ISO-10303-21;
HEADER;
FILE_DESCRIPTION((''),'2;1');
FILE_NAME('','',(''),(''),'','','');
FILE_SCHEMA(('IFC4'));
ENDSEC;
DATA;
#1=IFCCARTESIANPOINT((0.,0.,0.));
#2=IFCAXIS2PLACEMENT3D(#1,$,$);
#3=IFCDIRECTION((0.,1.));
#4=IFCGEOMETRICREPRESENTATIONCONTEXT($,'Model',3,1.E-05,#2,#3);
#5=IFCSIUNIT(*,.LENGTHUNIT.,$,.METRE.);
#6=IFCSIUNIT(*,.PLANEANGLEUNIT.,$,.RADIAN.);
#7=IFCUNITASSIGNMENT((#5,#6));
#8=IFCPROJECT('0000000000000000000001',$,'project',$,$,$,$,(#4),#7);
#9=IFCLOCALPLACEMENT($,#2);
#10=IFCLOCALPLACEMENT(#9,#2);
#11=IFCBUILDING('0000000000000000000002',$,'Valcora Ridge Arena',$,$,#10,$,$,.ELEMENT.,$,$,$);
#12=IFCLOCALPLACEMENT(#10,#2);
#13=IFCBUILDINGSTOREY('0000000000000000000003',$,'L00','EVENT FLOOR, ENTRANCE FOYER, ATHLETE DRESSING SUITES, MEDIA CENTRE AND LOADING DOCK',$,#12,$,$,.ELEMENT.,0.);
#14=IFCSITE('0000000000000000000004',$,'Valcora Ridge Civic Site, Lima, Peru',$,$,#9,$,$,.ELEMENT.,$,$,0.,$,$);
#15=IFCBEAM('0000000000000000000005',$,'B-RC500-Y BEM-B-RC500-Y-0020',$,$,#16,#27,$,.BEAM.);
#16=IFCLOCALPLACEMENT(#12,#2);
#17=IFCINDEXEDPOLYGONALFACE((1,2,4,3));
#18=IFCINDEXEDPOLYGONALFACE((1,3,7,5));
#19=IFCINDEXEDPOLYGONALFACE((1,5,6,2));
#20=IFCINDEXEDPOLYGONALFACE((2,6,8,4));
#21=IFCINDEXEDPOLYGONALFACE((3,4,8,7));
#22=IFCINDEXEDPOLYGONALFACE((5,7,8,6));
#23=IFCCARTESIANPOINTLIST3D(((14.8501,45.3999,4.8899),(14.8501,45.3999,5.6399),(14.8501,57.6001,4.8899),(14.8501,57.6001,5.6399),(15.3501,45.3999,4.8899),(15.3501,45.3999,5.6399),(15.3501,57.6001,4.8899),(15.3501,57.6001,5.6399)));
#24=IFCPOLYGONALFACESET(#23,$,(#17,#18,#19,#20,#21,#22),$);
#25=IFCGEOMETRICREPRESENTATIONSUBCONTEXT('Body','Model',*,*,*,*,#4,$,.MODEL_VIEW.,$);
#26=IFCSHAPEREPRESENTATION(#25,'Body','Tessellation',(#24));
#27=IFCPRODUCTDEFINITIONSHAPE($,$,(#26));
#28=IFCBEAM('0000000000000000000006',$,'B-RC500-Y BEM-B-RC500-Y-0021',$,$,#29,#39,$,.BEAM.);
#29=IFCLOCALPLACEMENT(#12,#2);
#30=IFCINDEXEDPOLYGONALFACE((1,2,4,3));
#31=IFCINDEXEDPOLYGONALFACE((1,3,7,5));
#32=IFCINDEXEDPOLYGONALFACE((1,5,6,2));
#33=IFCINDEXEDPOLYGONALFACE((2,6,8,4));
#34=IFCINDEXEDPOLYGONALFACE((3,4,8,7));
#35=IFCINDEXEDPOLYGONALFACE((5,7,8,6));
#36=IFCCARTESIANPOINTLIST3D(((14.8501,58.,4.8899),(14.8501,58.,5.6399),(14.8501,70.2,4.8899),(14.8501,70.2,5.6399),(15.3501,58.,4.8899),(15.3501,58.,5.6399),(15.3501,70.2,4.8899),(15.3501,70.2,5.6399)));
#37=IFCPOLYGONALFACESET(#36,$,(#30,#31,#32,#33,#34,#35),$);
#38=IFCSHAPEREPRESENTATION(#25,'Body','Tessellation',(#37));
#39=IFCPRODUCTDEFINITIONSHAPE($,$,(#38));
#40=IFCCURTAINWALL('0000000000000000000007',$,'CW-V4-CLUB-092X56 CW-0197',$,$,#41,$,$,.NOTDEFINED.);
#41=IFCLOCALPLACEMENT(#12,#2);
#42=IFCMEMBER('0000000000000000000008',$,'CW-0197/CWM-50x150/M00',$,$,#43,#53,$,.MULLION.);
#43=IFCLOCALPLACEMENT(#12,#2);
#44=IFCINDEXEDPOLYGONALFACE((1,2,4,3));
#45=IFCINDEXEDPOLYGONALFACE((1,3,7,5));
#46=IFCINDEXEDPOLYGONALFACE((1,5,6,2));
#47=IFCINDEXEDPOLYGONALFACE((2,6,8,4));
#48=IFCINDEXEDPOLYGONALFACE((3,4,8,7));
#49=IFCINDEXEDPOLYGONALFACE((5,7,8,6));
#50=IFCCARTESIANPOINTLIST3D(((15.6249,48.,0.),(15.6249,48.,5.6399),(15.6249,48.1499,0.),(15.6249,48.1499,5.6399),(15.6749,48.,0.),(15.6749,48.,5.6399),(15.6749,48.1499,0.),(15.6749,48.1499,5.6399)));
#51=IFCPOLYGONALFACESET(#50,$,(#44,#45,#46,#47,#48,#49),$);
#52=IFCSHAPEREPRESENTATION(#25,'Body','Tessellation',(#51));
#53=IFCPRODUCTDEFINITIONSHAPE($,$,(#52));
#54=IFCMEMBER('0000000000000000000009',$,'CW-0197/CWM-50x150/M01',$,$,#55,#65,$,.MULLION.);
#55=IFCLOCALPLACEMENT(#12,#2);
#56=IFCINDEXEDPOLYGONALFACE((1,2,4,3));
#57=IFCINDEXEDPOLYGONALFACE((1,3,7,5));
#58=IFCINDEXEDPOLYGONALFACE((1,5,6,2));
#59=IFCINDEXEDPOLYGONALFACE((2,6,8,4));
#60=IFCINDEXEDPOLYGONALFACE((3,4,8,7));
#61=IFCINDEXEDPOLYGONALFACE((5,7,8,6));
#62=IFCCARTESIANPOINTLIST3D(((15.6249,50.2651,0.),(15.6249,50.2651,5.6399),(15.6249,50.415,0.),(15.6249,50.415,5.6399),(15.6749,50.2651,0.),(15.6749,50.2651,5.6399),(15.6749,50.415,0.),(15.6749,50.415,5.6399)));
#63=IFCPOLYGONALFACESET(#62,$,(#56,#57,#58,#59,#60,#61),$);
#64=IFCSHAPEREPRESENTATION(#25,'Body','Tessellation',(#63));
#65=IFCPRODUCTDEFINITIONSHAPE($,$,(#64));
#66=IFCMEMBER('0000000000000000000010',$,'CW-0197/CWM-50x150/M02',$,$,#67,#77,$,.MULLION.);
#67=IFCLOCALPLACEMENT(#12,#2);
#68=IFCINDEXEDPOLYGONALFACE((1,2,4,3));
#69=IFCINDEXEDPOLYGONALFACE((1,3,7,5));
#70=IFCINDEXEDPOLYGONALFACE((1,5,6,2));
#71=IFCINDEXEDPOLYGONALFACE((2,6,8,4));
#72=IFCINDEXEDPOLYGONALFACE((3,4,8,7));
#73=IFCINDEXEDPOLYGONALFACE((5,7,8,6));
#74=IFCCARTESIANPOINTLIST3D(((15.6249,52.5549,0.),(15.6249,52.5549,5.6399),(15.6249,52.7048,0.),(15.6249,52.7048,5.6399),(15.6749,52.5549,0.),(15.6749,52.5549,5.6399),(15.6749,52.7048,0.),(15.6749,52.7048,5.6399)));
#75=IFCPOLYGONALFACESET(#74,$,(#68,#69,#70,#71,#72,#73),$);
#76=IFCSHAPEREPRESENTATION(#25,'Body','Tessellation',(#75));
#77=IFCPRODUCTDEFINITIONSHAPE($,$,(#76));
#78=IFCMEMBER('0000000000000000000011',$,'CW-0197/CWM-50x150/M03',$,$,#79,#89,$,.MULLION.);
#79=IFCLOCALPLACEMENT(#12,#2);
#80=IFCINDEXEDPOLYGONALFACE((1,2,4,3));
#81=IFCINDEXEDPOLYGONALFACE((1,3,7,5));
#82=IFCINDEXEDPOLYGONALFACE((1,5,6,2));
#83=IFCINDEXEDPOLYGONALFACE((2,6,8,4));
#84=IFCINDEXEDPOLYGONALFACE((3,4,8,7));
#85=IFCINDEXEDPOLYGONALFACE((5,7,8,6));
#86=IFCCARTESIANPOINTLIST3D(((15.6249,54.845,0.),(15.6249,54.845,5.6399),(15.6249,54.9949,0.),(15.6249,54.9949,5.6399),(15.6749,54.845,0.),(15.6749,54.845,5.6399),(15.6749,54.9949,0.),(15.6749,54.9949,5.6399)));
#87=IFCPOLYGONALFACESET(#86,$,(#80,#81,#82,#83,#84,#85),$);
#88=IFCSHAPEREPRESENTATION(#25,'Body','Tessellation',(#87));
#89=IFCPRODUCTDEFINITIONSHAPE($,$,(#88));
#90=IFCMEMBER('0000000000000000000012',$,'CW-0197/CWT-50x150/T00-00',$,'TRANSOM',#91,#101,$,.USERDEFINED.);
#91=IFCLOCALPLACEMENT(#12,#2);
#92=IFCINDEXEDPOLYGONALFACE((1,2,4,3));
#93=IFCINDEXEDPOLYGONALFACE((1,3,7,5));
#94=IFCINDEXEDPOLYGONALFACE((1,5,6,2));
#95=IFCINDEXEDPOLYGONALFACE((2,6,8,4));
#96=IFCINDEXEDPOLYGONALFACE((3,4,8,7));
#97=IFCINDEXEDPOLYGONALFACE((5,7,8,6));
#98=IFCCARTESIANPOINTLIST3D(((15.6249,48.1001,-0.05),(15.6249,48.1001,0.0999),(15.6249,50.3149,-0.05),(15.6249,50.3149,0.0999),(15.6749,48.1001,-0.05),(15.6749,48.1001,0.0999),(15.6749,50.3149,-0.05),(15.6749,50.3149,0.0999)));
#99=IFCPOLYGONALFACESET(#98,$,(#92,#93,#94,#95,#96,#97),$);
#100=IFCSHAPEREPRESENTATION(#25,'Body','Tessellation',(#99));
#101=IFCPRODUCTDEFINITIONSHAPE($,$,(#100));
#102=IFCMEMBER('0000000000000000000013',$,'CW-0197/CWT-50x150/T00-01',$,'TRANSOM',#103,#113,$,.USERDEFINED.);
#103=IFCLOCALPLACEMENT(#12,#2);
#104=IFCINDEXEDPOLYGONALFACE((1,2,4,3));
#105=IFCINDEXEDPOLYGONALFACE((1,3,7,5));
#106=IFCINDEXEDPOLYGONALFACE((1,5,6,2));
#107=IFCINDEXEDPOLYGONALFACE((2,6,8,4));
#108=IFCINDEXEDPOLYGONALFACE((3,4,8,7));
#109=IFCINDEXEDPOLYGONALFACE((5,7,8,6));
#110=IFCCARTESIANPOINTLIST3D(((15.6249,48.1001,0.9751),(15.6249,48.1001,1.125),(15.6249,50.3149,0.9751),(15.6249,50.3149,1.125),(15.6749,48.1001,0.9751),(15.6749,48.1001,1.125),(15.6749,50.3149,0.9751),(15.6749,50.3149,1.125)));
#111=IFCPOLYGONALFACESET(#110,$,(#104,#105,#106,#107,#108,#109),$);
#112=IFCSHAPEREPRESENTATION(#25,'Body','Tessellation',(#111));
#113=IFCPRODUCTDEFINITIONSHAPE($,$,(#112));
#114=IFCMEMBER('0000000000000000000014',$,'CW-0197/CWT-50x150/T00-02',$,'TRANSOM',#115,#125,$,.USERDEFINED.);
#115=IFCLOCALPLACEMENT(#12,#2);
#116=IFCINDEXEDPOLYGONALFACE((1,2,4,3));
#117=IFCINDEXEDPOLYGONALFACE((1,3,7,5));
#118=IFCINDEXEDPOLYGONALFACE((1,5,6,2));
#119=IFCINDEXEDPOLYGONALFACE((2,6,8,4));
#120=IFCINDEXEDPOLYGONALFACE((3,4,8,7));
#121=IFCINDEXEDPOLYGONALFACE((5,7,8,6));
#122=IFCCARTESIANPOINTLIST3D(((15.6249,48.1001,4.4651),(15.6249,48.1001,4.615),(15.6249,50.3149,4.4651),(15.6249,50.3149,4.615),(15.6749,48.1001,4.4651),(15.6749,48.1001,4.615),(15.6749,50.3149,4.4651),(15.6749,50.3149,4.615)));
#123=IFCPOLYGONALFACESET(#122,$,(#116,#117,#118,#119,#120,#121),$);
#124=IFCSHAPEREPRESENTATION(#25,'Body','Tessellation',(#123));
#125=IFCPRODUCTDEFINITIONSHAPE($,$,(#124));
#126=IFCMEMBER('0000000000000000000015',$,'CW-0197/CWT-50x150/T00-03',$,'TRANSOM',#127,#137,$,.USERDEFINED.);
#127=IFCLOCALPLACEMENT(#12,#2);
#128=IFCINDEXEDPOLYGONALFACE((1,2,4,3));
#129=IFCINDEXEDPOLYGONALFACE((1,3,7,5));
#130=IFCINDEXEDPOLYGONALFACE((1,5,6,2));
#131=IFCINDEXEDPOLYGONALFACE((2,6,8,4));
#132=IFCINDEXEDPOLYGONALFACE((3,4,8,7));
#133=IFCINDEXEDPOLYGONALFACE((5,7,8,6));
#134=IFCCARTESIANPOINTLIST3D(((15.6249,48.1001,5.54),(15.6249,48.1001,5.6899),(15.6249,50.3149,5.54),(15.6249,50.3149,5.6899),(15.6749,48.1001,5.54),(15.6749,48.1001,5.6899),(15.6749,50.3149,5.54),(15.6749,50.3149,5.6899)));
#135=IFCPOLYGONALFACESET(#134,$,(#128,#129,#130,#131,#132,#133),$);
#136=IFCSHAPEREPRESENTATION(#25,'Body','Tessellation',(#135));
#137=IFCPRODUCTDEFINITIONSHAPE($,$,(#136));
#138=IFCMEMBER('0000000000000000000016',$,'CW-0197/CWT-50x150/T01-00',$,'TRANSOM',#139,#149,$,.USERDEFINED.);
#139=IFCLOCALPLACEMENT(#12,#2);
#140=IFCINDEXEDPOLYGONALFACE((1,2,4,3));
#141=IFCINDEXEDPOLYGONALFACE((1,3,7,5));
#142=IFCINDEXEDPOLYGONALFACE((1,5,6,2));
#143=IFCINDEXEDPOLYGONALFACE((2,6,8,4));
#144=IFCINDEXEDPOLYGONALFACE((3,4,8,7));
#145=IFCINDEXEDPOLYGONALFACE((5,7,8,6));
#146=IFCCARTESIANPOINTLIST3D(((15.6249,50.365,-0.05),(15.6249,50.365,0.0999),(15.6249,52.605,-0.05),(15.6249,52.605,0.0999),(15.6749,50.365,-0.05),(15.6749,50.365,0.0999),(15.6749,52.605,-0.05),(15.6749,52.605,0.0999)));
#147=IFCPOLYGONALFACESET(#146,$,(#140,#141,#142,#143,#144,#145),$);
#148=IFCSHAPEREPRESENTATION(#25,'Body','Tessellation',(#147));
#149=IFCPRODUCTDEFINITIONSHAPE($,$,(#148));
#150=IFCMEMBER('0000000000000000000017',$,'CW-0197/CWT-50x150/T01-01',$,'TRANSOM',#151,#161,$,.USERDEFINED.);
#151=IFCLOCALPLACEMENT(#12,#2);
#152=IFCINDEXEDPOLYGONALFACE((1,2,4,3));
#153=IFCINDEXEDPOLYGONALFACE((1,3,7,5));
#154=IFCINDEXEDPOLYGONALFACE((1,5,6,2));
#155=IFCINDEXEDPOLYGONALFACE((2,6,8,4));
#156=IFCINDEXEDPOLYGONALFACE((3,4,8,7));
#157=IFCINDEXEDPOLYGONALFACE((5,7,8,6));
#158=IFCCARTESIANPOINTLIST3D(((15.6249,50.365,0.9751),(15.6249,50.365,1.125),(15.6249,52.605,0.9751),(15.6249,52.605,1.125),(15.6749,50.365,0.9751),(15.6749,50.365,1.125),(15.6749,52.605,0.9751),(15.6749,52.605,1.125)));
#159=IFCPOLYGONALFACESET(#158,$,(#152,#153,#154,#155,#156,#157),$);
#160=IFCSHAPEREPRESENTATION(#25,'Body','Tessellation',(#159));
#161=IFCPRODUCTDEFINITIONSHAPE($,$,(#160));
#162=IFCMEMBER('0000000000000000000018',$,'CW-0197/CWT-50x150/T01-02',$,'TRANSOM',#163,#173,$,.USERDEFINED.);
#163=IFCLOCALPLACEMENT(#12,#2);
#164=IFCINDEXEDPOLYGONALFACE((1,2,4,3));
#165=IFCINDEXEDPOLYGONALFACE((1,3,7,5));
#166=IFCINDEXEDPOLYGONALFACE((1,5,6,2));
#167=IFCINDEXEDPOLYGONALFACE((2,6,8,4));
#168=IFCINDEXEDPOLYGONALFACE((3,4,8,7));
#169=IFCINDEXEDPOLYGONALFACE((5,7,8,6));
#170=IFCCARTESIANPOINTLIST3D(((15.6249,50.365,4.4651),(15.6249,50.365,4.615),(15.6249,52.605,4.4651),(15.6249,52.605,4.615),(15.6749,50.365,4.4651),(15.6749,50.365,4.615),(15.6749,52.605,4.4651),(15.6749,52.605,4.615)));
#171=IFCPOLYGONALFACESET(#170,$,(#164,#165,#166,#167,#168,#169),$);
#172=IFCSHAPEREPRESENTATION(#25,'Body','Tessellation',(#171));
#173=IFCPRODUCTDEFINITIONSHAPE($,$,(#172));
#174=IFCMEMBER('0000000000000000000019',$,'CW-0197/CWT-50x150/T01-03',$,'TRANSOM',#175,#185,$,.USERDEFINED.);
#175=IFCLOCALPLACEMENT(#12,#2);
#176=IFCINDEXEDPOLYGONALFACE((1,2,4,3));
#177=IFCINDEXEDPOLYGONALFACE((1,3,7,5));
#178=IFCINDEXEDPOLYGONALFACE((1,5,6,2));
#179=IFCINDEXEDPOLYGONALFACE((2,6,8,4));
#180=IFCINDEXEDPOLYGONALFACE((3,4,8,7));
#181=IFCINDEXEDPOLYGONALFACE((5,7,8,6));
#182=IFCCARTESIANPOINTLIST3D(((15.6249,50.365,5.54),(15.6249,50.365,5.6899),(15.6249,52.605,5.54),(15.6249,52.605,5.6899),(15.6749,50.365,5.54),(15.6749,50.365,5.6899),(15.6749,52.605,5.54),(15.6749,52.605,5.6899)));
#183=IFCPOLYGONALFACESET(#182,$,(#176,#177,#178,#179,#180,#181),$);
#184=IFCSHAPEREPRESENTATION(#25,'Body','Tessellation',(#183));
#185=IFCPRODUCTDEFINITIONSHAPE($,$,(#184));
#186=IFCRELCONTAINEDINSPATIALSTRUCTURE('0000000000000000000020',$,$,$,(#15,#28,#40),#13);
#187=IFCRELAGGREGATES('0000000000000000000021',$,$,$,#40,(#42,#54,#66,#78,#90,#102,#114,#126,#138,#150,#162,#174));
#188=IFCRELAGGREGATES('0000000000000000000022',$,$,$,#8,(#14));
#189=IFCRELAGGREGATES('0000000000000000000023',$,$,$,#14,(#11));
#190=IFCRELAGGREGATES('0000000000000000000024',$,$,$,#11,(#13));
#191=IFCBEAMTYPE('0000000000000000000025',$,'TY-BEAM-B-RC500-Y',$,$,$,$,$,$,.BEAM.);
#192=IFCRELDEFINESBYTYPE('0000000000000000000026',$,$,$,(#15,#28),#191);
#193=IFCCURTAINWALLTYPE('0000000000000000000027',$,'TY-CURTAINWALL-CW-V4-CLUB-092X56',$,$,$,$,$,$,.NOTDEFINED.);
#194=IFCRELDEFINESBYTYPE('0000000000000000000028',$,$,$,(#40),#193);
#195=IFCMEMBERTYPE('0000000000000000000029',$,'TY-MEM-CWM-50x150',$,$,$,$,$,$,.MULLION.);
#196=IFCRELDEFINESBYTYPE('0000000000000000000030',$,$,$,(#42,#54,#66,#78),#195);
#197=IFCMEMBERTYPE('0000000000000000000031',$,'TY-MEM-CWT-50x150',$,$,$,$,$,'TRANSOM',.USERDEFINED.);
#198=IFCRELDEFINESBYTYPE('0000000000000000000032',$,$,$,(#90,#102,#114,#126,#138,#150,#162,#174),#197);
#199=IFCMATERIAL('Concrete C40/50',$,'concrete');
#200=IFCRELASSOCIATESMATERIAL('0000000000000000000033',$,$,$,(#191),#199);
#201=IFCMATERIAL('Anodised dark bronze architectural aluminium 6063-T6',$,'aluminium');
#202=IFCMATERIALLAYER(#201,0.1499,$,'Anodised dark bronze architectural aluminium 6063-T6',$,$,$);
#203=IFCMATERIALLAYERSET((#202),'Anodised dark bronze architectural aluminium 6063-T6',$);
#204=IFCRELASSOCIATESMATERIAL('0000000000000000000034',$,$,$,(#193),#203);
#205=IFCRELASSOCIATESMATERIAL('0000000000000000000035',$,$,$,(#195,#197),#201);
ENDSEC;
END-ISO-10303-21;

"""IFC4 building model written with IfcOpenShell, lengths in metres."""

from ifc_helpers import new_model, si_unit, direction, frame, origin, origin_2d, place, context, subcontext, project, spatial, rectangle, extrude, material, layer, layer_set, material_profile, profile_set, type_object, element, aggregate, save


model = new_model("IFC4")

# Units and contexts
model_context = context("Model", 3, precision=1e-05, world=origin(), true_north=direction((0.0, 1.0)))
body_context = subcontext(model_context, "Body", "Model", "MODEL_VIEW")
ifc_project = project(units=[si_unit("LENGTHUNIT", "METRE"), si_unit("PLANEANGLEUNIT", "RADIAN")], contexts=[model_context])

# Site, building, storey
site_placement = place(None, origin())
site = spatial("IfcSite", under=ifc_project, at=site_placement, Name="Valcora Ridge Civic Site, Lima, Peru", CompositionType="ELEMENT", RefElevation=0.0)
building_placement = place(site_placement, origin())
building = spatial("IfcBuilding", under=site, at=building_placement, Name="Valcora Ridge Arena", CompositionType="ELEMENT")
storey_placement = place(building_placement, origin())
storey = spatial("IfcBuildingStorey", under=building, at=storey_placement, Name="L00", Description="EVENT FLOOR, ENTRANCE FOYER, ATHLETE DRESSING SUITES, MEDIA CENTRE AND LOADING DOCK", CompositionType="ELEMENT", Elevation=0.0)

# Shared definitions
ifc_material_1 = material(Name="Concrete C40/50", Category="concrete")

# Beams
ifc_material_profile_1 = material_profile(ifc_material_1, rectangle(XDim=0.5, YDim=0.75, at=origin_2d()), Name="RC 500x750")
ifc_profile_set_1 = profile_set([ifc_material_profile_1], Name="Concrete C40/50")
beam_type = type_object("IfcBeamType", Name="TY-BEAM-B-RC500-Y", PredefinedType="BEAM", material=ifc_profile_set_1)
beam_1_placement = place(storey_placement, frame((15.1001, 45.3999, 5.2649), z_axis=(0.0, 1.0, 0.0), x_axis=(-1.0, 0.0, 0.0)))
element("IfcBeam", 1, at=beam_1_placement, inside=storey, type_object=beam_type, Name="B-RC500-Y BEM-B-RC500-Y-0020", PredefinedType="BEAM", context=body_context, shape_type="SweptSolid", body=[
    extrude(rectangle(XDim=0.5, YDim=0.75, at=origin_2d()), origin(), (0.0, 0.0, 1.0), 12.2002),
])
beam_2_placement = place(storey_placement, frame((15.1001, 58.0, 5.2649), z_axis=(0.0, 1.0, 0.0), x_axis=(-1.0, 0.0, 0.0)))
element("IfcBeam", 2, at=beam_2_placement, inside=storey, type_object=beam_type, Name="B-RC500-Y BEM-B-RC500-Y-0021", PredefinedType="BEAM", context=body_context, shape_type="SweptSolid", body=[
    extrude(rectangle(XDim=0.5, YDim=0.75, at=origin_2d()), origin(), (0.0, 0.0, 1.0), 12.2),
])

# Curtain wall, members
ifc_material_2 = material(Name="Anodised dark bronze architectural aluminium 6063-T6", Category="aluminium")
ifc_layer_1 = layer(ifc_material_2, 0.1499, Name="Anodised dark bronze architectural aluminium 6063-T6")
ifc_layer_set_1 = layer_set([ifc_layer_1], Name="Anodised dark bronze architectural aluminium 6063-T6")
curtain_wall_type = type_object("IfcCurtainWallType", Name="TY-CURTAINWALL-CW-V4-CLUB-092X56", PredefinedType="NOTDEFINED", material=ifc_layer_set_1)
curtain_wall_placement = place(storey_placement, origin())
curtain_wall = element("IfcCurtainWall", 3, at=curtain_wall_placement, inside=storey, type_object=curtain_wall_type, Name="CW-V4-CLUB-092X56 CW-0197", PredefinedType="NOTDEFINED")
ifc_material_profile_2 = material_profile(ifc_material_2, rectangle(XDim=0.05, YDim=0.1499, at=origin_2d()), Name="ALU MULLION 50x150")
ifc_profile_set_2 = profile_set([ifc_material_profile_2], Name="Anodised dark bronze architectural aluminium 6063-T6")
member_type_1 = type_object("IfcMemberType", Name="TY-MEM-CWM-50x150", PredefinedType="MULLION", material=ifc_profile_set_2)
member_1_placement = place(storey_placement, frame((15.6499, 48.075, 0.0), z_axis=(0.0, 0.0, 1.0), x_axis=(-1.0, 0.0, 0.0)))
member_1 = element("IfcMember", 4, at=member_1_placement, type_object=member_type_1, Name="CW-0197/CWM-50x150/M00", PredefinedType="MULLION", context=body_context, shape_type="SweptSolid", body=[
    extrude(rectangle(XDim=0.05, YDim=0.1499, at=origin_2d()), origin(), (0.0, 0.0, 1.0), 5.6399),
])
member_2_placement = place(storey_placement, frame((15.6499, 50.3401, 0.0), z_axis=(0.0, 0.0, 1.0), x_axis=(-1.0, 0.0, 0.0)))
member_2 = element("IfcMember", 5, at=member_2_placement, type_object=member_type_1, Name="CW-0197/CWM-50x150/M01", PredefinedType="MULLION", context=body_context, shape_type="SweptSolid", body=[
    extrude(rectangle(XDim=0.05, YDim=0.1499, at=origin_2d()), origin(), (0.0, 0.0, 1.0), 5.6399),
])
member_3_placement = place(storey_placement, frame((15.6499, 52.6299, 0.0), z_axis=(0.0, 0.0, 1.0), x_axis=(-1.0, 0.0, 0.0)))
member_3 = element("IfcMember", 6, at=member_3_placement, type_object=member_type_1, Name="CW-0197/CWM-50x150/M02", PredefinedType="MULLION", context=body_context, shape_type="SweptSolid", body=[
    extrude(rectangle(XDim=0.05, YDim=0.1499, at=origin_2d()), origin(), (0.0, 0.0, 1.0), 5.6399),
])
member_4_placement = place(storey_placement, frame((15.6499, 54.9199, 0.0), z_axis=(0.0, 0.0, 1.0), x_axis=(-1.0, 0.0, 0.0)))
member_4 = element("IfcMember", 7, at=member_4_placement, type_object=member_type_1, Name="CW-0197/CWM-50x150/M03", PredefinedType="MULLION", context=body_context, shape_type="SweptSolid", body=[
    extrude(rectangle(XDim=0.05, YDim=0.1499, at=origin_2d()), origin(), (0.0, 0.0, 1.0), 5.6399),
])
ifc_material_profile_3 = material_profile(ifc_material_2, rectangle(XDim=0.05, YDim=0.1499, at=origin_2d()), Name="ALU TRANSOM 50x150")
ifc_profile_set_3 = profile_set([ifc_material_profile_3], Name="Anodised dark bronze architectural aluminium 6063-T6")
member_type_2 = type_object("IfcMemberType", Name="TY-MEM-CWT-50x150", ElementType="TRANSOM", PredefinedType="USERDEFINED", material=ifc_profile_set_3)
member_5_placement = place(storey_placement, frame((15.6499, 48.1001, 0.0249), z_axis=(0.0, 1.0, 0.0), x_axis=(-1.0, 0.0, 0.0)))
member_5 = element("IfcMember", 8, at=member_5_placement, type_object=member_type_2, Name="CW-0197/CWT-50x150/T00-00", ObjectType="TRANSOM", PredefinedType="USERDEFINED", context=body_context, shape_type="SweptSolid", body=[
    extrude(rectangle(XDim=0.05, YDim=0.1499, at=origin_2d()), origin(), (0.0, 0.0, 1.0), 2.2148),
])
member_6_placement = place(storey_placement, frame((15.6499, 48.1001, 1.05), z_axis=(0.0, 1.0, 0.0), x_axis=(-1.0, 0.0, 0.0)))
member_6 = element("IfcMember", 9, at=member_6_placement, type_object=member_type_2, Name="CW-0197/CWT-50x150/T00-01", ObjectType="TRANSOM", PredefinedType="USERDEFINED", context=body_context, shape_type="SweptSolid", body=[
    extrude(rectangle(XDim=0.05, YDim=0.1499, at=origin_2d()), origin(), (0.0, 0.0, 1.0), 2.2148),
])
member_7_placement = place(storey_placement, frame((15.6499, 48.1001, 4.54), z_axis=(0.0, 1.0, 0.0), x_axis=(-1.0, 0.0, 0.0)))
member_7 = element("IfcMember", 10, at=member_7_placement, type_object=member_type_2, Name="CW-0197/CWT-50x150/T00-02", ObjectType="TRANSOM", PredefinedType="USERDEFINED", context=body_context, shape_type="SweptSolid", body=[
    extrude(rectangle(XDim=0.05, YDim=0.1499, at=origin_2d()), origin(), (0.0, 0.0, 1.0), 2.2148),
])
member_8_placement = place(storey_placement, frame((15.6499, 48.1001, 5.615), z_axis=(0.0, 1.0, 0.0), x_axis=(-1.0, 0.0, 0.0)))
member_8 = element("IfcMember", 11, at=member_8_placement, type_object=member_type_2, Name="CW-0197/CWT-50x150/T00-03", ObjectType="TRANSOM", PredefinedType="USERDEFINED", context=body_context, shape_type="SweptSolid", body=[
    extrude(rectangle(XDim=0.05, YDim=0.1499, at=origin_2d()), origin(), (0.0, 0.0, 1.0), 2.2148),
])
member_9_placement = place(storey_placement, frame((15.6499, 50.365, 0.0249), z_axis=(0.0, 1.0, 0.0), x_axis=(-1.0, 0.0, 0.0)))
member_9 = element("IfcMember", 12, at=member_9_placement, type_object=member_type_2, Name="CW-0197/CWT-50x150/T01-00", ObjectType="TRANSOM", PredefinedType="USERDEFINED", context=body_context, shape_type="SweptSolid", body=[
    extrude(rectangle(XDim=0.05, YDim=0.1499, at=origin_2d()), origin(), (0.0, 0.0, 1.0), 2.24),
])
member_10_placement = place(storey_placement, frame((15.6499, 50.365, 1.05), z_axis=(0.0, 1.0, 0.0), x_axis=(-1.0, 0.0, 0.0)))
member_10 = element("IfcMember", 13, at=member_10_placement, type_object=member_type_2, Name="CW-0197/CWT-50x150/T01-01", ObjectType="TRANSOM", PredefinedType="USERDEFINED", context=body_context, shape_type="SweptSolid", body=[
    extrude(rectangle(XDim=0.05, YDim=0.1499, at=origin_2d()), origin(), (0.0, 0.0, 1.0), 2.24),
])
member_11_placement = place(storey_placement, frame((15.6499, 50.365, 4.54), z_axis=(0.0, 1.0, 0.0), x_axis=(-1.0, 0.0, 0.0)))
member_11 = element("IfcMember", 14, at=member_11_placement, type_object=member_type_2, Name="CW-0197/CWT-50x150/T01-02", ObjectType="TRANSOM", PredefinedType="USERDEFINED", context=body_context, shape_type="SweptSolid", body=[
    extrude(rectangle(XDim=0.05, YDim=0.1499, at=origin_2d()), origin(), (0.0, 0.0, 1.0), 2.24),
])
member_12_placement = place(storey_placement, frame((15.6499, 50.365, 5.615), z_axis=(0.0, 1.0, 0.0), x_axis=(-1.0, 0.0, 0.0)))
member_12 = element("IfcMember", 15, at=member_12_placement, type_object=member_type_2, Name="CW-0197/CWT-50x150/T01-03", ObjectType="TRANSOM", PredefinedType="USERDEFINED", context=body_context, shape_type="SweptSolid", body=[
    extrude(rectangle(XDim=0.05, YDim=0.1499, at=origin_2d()), origin(), (0.0, 0.0, 1.0), 2.24),
])
aggregate(curtain_wall, [member_1, member_2, member_3, member_4, member_5, member_6, member_7, member_8, member_9, member_10, member_11, member_12])

save(model, "model.ifc")
